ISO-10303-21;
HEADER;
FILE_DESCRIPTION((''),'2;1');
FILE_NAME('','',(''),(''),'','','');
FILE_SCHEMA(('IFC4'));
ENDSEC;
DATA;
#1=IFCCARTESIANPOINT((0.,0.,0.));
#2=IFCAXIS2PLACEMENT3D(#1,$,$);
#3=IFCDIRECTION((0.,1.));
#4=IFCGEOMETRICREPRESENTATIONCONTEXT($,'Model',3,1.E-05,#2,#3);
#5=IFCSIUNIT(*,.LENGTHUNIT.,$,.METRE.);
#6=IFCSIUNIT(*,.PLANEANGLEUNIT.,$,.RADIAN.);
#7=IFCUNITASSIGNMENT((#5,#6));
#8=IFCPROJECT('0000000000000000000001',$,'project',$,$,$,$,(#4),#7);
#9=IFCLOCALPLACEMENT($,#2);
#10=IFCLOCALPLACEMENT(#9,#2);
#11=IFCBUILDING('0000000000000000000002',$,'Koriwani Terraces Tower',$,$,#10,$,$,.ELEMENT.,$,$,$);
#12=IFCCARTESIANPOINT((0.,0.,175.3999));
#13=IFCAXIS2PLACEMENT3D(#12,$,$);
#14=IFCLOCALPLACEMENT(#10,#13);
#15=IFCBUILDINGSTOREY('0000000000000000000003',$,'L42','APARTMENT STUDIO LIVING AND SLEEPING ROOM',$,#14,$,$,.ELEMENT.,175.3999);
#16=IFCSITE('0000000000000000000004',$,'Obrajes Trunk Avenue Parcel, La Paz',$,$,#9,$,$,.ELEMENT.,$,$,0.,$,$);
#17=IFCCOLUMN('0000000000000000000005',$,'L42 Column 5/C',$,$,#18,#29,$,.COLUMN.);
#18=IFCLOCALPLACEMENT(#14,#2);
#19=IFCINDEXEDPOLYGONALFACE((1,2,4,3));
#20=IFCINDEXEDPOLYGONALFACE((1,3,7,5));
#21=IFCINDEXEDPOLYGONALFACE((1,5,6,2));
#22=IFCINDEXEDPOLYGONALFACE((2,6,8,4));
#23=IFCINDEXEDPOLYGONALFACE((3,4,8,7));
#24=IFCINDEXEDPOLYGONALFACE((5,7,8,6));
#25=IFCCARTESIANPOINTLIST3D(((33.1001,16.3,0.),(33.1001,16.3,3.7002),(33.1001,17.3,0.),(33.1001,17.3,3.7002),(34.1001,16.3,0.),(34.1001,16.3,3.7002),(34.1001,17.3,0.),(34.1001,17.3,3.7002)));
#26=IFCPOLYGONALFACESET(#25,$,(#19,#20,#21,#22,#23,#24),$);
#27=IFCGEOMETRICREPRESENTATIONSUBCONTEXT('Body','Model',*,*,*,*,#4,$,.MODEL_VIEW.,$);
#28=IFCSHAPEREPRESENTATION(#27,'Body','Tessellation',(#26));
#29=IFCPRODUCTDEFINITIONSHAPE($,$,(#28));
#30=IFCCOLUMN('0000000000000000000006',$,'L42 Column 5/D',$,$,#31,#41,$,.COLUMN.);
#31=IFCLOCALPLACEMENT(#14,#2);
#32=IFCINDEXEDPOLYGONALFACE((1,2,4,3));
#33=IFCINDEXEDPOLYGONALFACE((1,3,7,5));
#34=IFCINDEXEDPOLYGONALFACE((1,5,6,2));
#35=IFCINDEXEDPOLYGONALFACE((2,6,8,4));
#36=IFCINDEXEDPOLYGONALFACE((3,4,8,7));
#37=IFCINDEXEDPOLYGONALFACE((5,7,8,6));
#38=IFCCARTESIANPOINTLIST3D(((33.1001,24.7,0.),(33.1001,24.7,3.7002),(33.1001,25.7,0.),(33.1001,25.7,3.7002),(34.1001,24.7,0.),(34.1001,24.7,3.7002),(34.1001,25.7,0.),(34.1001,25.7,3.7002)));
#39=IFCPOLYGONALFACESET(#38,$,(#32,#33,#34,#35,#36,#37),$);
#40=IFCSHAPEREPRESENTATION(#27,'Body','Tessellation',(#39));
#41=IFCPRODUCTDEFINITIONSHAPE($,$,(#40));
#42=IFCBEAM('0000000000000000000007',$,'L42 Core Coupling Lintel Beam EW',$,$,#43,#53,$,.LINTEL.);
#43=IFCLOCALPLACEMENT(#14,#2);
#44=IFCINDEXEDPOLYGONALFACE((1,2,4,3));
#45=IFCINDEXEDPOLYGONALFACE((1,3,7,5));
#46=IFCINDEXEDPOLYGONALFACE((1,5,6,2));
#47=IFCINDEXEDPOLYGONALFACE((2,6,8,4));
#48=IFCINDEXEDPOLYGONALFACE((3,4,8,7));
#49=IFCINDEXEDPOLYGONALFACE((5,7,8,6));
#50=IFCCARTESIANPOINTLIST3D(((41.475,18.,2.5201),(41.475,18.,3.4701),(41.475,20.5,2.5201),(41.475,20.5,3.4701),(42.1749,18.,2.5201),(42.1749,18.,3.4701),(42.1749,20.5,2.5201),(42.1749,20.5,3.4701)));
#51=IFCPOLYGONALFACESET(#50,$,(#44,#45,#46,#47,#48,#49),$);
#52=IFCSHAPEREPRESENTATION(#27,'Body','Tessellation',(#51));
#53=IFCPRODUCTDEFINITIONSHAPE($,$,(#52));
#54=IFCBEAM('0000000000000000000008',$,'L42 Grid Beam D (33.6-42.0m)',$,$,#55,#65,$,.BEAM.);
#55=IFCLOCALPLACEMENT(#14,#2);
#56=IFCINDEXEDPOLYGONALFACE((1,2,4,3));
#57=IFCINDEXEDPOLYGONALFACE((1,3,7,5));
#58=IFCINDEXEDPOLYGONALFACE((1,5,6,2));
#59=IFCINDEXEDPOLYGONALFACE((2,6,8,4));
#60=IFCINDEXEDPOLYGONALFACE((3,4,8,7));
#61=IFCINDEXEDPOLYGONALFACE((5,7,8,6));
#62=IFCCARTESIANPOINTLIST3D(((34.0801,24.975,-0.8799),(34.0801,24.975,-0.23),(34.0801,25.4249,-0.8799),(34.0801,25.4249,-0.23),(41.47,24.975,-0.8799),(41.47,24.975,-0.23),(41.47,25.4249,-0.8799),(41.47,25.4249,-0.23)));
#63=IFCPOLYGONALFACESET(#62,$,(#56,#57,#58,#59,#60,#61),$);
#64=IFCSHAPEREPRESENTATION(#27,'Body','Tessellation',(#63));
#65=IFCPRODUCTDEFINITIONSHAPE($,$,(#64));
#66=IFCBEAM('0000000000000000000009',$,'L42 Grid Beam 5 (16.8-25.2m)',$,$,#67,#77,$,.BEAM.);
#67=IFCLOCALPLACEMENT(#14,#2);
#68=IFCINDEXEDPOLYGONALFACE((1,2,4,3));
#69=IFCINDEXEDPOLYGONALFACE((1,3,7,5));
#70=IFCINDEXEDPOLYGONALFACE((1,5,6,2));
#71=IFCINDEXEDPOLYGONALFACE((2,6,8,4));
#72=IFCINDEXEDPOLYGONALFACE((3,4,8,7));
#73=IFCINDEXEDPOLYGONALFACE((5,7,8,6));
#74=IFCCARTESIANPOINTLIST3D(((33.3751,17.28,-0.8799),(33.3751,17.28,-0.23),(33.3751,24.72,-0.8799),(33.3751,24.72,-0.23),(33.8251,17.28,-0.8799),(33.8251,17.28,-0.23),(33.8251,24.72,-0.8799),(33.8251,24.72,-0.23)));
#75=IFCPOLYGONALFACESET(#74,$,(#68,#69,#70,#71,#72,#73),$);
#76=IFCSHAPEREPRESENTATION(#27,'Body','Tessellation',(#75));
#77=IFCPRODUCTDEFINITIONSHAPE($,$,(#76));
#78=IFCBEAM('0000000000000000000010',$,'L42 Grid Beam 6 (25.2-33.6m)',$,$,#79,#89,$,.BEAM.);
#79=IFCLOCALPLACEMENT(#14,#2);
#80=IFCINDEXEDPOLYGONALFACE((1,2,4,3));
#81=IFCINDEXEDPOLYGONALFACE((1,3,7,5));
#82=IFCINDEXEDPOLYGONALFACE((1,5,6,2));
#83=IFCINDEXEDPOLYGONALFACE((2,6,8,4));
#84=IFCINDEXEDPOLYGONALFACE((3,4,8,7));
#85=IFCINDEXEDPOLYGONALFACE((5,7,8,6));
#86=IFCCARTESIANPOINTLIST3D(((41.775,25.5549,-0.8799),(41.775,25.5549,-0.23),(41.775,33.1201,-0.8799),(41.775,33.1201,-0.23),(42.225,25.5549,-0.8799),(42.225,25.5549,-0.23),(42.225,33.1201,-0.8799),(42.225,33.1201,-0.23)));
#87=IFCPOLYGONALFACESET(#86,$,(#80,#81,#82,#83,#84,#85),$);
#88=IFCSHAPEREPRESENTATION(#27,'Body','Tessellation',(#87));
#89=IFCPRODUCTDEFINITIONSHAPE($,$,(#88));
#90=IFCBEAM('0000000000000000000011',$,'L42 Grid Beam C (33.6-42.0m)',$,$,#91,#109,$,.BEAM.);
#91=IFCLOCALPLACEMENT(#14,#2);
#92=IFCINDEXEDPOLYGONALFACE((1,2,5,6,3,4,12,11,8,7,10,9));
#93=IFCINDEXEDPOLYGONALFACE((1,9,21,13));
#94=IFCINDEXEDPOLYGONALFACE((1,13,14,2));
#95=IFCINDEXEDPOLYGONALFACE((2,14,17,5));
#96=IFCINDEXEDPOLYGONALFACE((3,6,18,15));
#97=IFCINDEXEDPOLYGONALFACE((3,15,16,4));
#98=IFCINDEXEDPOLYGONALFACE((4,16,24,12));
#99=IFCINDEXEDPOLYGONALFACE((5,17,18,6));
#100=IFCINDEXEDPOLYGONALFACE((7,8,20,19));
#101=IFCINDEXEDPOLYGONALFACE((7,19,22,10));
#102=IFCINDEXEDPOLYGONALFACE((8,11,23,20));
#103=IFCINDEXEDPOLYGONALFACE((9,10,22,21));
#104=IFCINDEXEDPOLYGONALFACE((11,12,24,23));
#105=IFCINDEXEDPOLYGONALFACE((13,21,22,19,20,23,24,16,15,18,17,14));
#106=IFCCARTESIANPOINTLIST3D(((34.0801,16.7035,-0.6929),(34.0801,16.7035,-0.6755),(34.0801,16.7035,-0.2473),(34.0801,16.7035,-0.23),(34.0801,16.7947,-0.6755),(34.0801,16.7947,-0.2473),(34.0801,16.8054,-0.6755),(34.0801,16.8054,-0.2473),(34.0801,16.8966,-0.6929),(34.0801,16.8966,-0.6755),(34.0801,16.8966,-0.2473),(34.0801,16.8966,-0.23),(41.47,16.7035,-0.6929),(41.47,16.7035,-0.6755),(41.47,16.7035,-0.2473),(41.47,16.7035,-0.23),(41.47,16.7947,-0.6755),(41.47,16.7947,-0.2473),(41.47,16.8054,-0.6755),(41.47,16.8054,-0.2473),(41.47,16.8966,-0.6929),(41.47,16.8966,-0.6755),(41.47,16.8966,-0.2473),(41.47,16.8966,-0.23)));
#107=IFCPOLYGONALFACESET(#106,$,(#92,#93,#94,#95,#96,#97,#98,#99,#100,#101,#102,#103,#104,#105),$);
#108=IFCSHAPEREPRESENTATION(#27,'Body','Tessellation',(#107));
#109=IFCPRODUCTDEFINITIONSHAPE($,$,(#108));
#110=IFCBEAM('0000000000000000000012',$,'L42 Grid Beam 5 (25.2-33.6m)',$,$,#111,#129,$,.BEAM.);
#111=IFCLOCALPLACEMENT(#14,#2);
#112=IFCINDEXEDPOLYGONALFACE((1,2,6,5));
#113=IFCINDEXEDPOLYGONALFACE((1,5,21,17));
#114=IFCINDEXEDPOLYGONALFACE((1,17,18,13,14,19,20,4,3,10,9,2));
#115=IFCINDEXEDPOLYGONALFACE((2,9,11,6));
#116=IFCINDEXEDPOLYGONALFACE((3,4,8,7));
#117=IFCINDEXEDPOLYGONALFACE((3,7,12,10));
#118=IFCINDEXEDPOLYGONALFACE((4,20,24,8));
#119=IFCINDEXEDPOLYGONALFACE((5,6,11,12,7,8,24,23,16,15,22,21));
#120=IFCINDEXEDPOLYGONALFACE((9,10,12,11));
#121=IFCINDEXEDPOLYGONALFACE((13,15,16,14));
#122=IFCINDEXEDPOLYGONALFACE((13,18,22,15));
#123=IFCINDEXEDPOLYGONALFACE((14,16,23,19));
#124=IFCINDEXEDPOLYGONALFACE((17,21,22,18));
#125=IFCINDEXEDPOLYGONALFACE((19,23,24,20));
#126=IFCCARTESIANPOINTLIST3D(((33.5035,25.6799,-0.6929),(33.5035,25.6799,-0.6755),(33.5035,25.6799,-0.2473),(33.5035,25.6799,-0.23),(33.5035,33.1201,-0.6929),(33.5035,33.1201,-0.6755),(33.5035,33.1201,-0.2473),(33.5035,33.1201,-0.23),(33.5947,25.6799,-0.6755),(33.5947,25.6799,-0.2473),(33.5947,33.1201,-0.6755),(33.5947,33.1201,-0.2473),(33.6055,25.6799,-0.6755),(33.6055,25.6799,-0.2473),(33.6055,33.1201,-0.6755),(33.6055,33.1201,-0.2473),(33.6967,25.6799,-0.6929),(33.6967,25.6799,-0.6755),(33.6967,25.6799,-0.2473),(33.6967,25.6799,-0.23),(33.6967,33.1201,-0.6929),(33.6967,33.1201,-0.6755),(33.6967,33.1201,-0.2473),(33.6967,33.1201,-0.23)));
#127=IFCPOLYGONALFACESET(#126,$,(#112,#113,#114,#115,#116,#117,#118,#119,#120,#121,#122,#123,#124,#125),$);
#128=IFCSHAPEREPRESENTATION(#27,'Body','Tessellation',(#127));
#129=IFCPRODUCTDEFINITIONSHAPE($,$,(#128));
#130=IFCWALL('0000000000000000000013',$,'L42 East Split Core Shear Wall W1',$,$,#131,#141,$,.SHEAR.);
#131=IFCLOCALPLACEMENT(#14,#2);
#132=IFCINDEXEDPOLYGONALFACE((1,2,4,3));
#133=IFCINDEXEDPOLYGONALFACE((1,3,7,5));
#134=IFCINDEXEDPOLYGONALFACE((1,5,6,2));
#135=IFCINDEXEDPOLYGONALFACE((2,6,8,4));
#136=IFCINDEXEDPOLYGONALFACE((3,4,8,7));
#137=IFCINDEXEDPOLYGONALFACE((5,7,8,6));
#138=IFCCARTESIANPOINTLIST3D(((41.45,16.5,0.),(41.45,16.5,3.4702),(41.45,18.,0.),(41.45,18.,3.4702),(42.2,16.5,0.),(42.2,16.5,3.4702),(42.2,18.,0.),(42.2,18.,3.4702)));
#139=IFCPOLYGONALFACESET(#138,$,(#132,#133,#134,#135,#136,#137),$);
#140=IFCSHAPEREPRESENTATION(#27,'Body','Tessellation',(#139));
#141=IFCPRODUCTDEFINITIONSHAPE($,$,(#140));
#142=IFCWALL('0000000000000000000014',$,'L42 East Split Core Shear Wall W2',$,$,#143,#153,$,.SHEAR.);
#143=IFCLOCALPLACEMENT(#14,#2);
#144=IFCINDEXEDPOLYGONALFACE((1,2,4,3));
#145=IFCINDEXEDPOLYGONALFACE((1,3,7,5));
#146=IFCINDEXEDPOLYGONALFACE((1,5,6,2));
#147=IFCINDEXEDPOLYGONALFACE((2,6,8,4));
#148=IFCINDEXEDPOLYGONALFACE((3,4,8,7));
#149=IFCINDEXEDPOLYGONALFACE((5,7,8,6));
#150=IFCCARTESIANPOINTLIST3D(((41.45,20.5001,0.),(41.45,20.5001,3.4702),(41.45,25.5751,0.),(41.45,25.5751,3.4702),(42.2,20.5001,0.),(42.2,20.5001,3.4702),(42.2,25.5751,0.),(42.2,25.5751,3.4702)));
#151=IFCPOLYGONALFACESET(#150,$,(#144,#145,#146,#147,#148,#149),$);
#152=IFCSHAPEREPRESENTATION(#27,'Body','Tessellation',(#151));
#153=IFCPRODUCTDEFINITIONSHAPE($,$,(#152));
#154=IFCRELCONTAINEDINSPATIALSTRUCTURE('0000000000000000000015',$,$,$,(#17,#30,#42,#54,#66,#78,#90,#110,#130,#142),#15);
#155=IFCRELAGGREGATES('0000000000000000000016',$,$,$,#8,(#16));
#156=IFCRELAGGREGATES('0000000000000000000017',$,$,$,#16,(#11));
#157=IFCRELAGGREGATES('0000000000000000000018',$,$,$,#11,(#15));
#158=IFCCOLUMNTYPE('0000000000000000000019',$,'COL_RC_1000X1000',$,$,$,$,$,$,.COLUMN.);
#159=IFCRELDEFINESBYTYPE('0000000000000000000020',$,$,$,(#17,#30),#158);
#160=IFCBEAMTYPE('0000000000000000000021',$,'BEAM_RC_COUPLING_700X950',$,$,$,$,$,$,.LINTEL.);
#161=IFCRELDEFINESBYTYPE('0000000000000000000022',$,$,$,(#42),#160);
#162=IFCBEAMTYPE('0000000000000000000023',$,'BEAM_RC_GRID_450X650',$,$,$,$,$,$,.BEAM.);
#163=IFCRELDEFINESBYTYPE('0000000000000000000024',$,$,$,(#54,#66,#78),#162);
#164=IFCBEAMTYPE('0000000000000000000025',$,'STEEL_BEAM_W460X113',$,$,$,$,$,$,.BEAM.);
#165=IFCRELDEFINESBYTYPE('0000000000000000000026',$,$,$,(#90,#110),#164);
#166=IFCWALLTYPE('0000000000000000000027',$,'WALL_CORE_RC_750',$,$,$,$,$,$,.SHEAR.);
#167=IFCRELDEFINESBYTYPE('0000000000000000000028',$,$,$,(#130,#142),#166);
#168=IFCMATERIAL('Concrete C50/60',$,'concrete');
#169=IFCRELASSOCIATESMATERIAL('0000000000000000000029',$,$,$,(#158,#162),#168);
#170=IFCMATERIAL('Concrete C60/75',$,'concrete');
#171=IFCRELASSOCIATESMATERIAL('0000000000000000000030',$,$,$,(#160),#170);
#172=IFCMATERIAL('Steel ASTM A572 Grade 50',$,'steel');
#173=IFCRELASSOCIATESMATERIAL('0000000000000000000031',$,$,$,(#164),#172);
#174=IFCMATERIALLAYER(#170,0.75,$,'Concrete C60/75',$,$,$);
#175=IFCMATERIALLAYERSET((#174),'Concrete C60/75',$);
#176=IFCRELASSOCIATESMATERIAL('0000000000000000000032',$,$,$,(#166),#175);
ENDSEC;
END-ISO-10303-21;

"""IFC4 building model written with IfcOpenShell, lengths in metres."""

from ifc_helpers import new_model, si_unit, direction, frame, frame_2d, origin, origin_2d, place, context, subcontext, project, spatial, rectangle, i_section, extrude, material, layer, layer_set, material_profile, profile_set, type_object, element, save


model = new_model("IFC4")

# Units and contexts
model_context = context("Model", 3, precision=1e-05, world=origin(), true_north=direction((0.0, 1.0)))
body_context = subcontext(model_context, "Body", "Model", "MODEL_VIEW")
ifc_project = project(units=[si_unit("LENGTHUNIT", "METRE"), si_unit("PLANEANGLEUNIT", "RADIAN")], contexts=[model_context])

# Site, building, storey
site_placement = place(None, origin())
site = spatial("IfcSite", under=ifc_project, at=site_placement, Name="Obrajes Trunk Avenue Parcel, La Paz", CompositionType="ELEMENT", RefElevation=0.0)
building_placement = place(site_placement, origin())
building = spatial("IfcBuilding", under=site, at=building_placement, Name="Koriwani Terraces Tower", CompositionType="ELEMENT")
storey_placement = place(building_placement, frame((0.0, 0.0, 175.3999)))
storey = spatial("IfcBuildingStorey", under=building, at=storey_placement, Name="L42", Description="APARTMENT STUDIO LIVING AND SLEEPING ROOM", CompositionType="ELEMENT", Elevation=175.3999)

# Columns
ifc_material_1 = material(Name="Concrete C50/60", Category="concrete")
ifc_material_profile_1 = material_profile(ifc_material_1, rectangle(XDim=1.0, YDim=1.0, at=origin_2d()), Name="Concrete C50/60", Category="LoadBearing")
ifc_profile_set_1 = profile_set([ifc_material_profile_1], Name="Concrete C50/60")
column_type = type_object("IfcColumnType", Name="COL_RC_1000X1000", PredefinedType="COLUMN", material=ifc_profile_set_1)
for number, where, z_axis, x_axis, name in (
    (1, (33.6001, 16.8, 0.0), (0.0, 0.0, 1.0), (1.0, 0.0, 0.0), "L42 Column 5/C"),
    (2, (33.6001, 25.2, 0.0), (0.0, 0.0, 1.0), (1.0, 0.0, 0.0), "L42 Column 5/D"),
):
    element("IfcColumn", number, at=place(storey_placement, frame(where, z_axis=z_axis, x_axis=x_axis)), inside=storey, type_object=column_type, Name=name, PredefinedType="COLUMN", context=body_context, shape_type="SweptSolid", body=[
        extrude(rectangle(XDim=1.0, YDim=1.0, at=origin_2d()), origin(), (0.0, 0.0, 1.0), 3.7002),
    ])

# Beams
ifc_material_2 = material(Name="Concrete C60/75", Category="concrete")
ifc_material_profile_2 = material_profile(ifc_material_2, rectangle(XDim=0.7, YDim=0.95, at=origin_2d()), Name="Concrete C60/75", Category="LoadBearing")
ifc_profile_set_2 = profile_set([ifc_material_profile_2], Name="Concrete C60/75")
beam_type_1 = type_object("IfcBeamType", Name="BEAM_RC_COUPLING_700X950", PredefinedType="LINTEL", material=ifc_profile_set_2)
beam_1_placement = place(storey_placement, frame((41.825, 18.0, 2.9951), z_axis=(0.0, 1.0, 0.0), x_axis=(-1.0, 0.0, 0.0)))
element("IfcBeam", 3, at=beam_1_placement, inside=storey, type_object=beam_type_1, Name="L42 Core Coupling Lintel Beam EW", PredefinedType="LINTEL", context=body_context, shape_type="SweptSolid", body=[
    extrude(rectangle(XDim=0.7, YDim=0.95, at=origin_2d()), origin(), (0.0, 0.0, 1.0), 2.5),
])
ifc_material_profile_3 = material_profile(ifc_material_1, rectangle(XDim=0.45, YDim=0.6499, at=origin_2d()), Name="Concrete C50/60", Category="LoadBearing")
ifc_profile_set_3 = profile_set([ifc_material_profile_3], Name="Concrete C50/60")
beam_type_2 = type_object("IfcBeamType", Name="BEAM_RC_GRID_450X650", PredefinedType="BEAM", material=ifc_profile_set_3)
beam_2_placement = place(storey_placement, frame((34.0801, 25.2, -0.5549), z_axis=(1.0, 0.0, 0.0), x_axis=(0.0, 1.0, 0.0)))
element("IfcBeam", 4, at=beam_2_placement, inside=storey, type_object=beam_type_2, Name="L42 Grid Beam D (33.6-42.0m)", PredefinedType="BEAM", context=body_context, shape_type="SweptSolid", body=[
    extrude(rectangle(XDim=0.45, YDim=0.6499, at=origin_2d()), origin(), (0.0, 0.0, 1.0), 7.3899),
])
beam_3_placement = place(storey_placement, frame((33.6001, 17.28, -0.5549), z_axis=(0.0, 1.0, 0.0), x_axis=(-1.0, 0.0, 0.0)))
element("IfcBeam", 5, at=beam_3_placement, inside=storey, type_object=beam_type_2, Name="L42 Grid Beam 5 (16.8-25.2m)", PredefinedType="BEAM", context=body_context, shape_type="SweptSolid", body=[
    extrude(rectangle(XDim=0.45, YDim=0.6499, at=origin_2d()), origin(), (0.0, 0.0, 1.0), 7.4399),
])
beam_4_placement = place(storey_placement, frame((42.0, 25.5549, -0.5549), z_axis=(0.0, 1.0, 0.0), x_axis=(-1.0, 0.0, 0.0)))
element("IfcBeam", 6, at=beam_4_placement, inside=storey, type_object=beam_type_2, Name="L42 Grid Beam 6 (25.2-33.6m)", PredefinedType="BEAM", context=body_context, shape_type="SweptSolid", body=[
    extrude(rectangle(XDim=0.45, YDim=0.6499, at=origin_2d()), origin(), (0.0, 0.0, 1.0), 7.5652),
])
ifc_material_3 = material(Name="Steel ASTM A572 Grade 50", Category="steel")
ifc_material_profile_4 = material_profile(ifc_material_3, i_section(OverallWidth=0.1931, OverallDepth=0.4629, WebThickness=0.0107, FlangeThickness=0.0173, at=origin_2d()), Name="Steel ASTM A572 Grade 50", Category="LoadBearing")
ifc_profile_set_4 = profile_set([ifc_material_profile_4], Name="Steel ASTM A572 Grade 50")
beam_type_3 = type_object("IfcBeamType", Name="STEEL_BEAM_W460X113", PredefinedType="BEAM", material=ifc_profile_set_4)
beam_5_placement = place(storey_placement, frame((34.0801, 16.8, -0.4614), z_axis=(1.0, 0.0, 0.0), x_axis=(0.0, 1.0, 0.0)))
element("IfcBeam", 7, at=beam_5_placement, inside=storey, type_object=beam_type_3, Name="L42 Grid Beam C (33.6-42.0m)", PredefinedType="BEAM", context=body_context, shape_type="SweptSolid", body=[
    extrude(i_section(OverallWidth=0.1931, OverallDepth=0.4629, WebThickness=0.0107, FlangeThickness=0.0173, at=origin_2d()), origin(), (0.0, 0.0, 1.0), 7.3899),
])
beam_6_placement = place(storey_placement, frame((33.6001, 25.6799, -0.4614), z_axis=(0.0, 1.0, 0.0), x_axis=(-1.0, 0.0, 0.0)))
element("IfcBeam", 8, at=beam_6_placement, inside=storey, type_object=beam_type_3, Name="L42 Grid Beam 5 (25.2-33.6m)", PredefinedType="BEAM", context=body_context, shape_type="SweptSolid", body=[
    extrude(i_section(OverallWidth=0.1931, OverallDepth=0.4629, WebThickness=0.0107, FlangeThickness=0.0173, at=origin_2d()), origin(), (0.0, 0.0, 1.0), 7.4402),
])

# Walls
ifc_layer_1 = layer(ifc_material_2, 0.75, Name="Concrete C60/75")
ifc_layer_set_1 = layer_set([ifc_layer_1], Name="Concrete C60/75")
wall_type_1 = type_object("IfcWallType", Name="WALL_CORE_RC_750", PredefinedType="SHEAR", material=ifc_layer_set_1)
wall_1_placement = place(storey_placement, frame((41.825, 16.5, 0.0), z_axis=(0.0, 0.0, 1.0), x_axis=(0.0, 1.0, 0.0)))
element("IfcWall", 9, at=wall_1_placement, inside=storey, type_object=wall_type_1, Name="L42 East Split Core Shear Wall W1", PredefinedType="SHEAR", context=body_context, shape_type="SweptSolid", body=[
    extrude(rectangle(XDim=1.5, YDim=0.75, at=frame_2d((0.75, 0.0))), origin(), (0.0, 0.0, 1.0), 3.4702),
])
wall_2_placement = place(storey_placement, frame((41.825, 20.5, 0.0), z_axis=(0.0, 0.0, 1.0), x_axis=(0.0, 1.0, 0.0)))
element("IfcWall", 10, at=wall_2_placement, inside=storey, type_object=wall_type_1, Name="L42 East Split Core Shear Wall W2", PredefinedType="SHEAR", context=body_context, shape_type="SweptSolid", body=[
    extrude(rectangle(XDim=5.075, YDim=0.75, at=frame_2d((2.5376, 0.0))), origin(), (0.0, 0.0, 1.0), 3.4702),
])

save(model, "model.ifc")
